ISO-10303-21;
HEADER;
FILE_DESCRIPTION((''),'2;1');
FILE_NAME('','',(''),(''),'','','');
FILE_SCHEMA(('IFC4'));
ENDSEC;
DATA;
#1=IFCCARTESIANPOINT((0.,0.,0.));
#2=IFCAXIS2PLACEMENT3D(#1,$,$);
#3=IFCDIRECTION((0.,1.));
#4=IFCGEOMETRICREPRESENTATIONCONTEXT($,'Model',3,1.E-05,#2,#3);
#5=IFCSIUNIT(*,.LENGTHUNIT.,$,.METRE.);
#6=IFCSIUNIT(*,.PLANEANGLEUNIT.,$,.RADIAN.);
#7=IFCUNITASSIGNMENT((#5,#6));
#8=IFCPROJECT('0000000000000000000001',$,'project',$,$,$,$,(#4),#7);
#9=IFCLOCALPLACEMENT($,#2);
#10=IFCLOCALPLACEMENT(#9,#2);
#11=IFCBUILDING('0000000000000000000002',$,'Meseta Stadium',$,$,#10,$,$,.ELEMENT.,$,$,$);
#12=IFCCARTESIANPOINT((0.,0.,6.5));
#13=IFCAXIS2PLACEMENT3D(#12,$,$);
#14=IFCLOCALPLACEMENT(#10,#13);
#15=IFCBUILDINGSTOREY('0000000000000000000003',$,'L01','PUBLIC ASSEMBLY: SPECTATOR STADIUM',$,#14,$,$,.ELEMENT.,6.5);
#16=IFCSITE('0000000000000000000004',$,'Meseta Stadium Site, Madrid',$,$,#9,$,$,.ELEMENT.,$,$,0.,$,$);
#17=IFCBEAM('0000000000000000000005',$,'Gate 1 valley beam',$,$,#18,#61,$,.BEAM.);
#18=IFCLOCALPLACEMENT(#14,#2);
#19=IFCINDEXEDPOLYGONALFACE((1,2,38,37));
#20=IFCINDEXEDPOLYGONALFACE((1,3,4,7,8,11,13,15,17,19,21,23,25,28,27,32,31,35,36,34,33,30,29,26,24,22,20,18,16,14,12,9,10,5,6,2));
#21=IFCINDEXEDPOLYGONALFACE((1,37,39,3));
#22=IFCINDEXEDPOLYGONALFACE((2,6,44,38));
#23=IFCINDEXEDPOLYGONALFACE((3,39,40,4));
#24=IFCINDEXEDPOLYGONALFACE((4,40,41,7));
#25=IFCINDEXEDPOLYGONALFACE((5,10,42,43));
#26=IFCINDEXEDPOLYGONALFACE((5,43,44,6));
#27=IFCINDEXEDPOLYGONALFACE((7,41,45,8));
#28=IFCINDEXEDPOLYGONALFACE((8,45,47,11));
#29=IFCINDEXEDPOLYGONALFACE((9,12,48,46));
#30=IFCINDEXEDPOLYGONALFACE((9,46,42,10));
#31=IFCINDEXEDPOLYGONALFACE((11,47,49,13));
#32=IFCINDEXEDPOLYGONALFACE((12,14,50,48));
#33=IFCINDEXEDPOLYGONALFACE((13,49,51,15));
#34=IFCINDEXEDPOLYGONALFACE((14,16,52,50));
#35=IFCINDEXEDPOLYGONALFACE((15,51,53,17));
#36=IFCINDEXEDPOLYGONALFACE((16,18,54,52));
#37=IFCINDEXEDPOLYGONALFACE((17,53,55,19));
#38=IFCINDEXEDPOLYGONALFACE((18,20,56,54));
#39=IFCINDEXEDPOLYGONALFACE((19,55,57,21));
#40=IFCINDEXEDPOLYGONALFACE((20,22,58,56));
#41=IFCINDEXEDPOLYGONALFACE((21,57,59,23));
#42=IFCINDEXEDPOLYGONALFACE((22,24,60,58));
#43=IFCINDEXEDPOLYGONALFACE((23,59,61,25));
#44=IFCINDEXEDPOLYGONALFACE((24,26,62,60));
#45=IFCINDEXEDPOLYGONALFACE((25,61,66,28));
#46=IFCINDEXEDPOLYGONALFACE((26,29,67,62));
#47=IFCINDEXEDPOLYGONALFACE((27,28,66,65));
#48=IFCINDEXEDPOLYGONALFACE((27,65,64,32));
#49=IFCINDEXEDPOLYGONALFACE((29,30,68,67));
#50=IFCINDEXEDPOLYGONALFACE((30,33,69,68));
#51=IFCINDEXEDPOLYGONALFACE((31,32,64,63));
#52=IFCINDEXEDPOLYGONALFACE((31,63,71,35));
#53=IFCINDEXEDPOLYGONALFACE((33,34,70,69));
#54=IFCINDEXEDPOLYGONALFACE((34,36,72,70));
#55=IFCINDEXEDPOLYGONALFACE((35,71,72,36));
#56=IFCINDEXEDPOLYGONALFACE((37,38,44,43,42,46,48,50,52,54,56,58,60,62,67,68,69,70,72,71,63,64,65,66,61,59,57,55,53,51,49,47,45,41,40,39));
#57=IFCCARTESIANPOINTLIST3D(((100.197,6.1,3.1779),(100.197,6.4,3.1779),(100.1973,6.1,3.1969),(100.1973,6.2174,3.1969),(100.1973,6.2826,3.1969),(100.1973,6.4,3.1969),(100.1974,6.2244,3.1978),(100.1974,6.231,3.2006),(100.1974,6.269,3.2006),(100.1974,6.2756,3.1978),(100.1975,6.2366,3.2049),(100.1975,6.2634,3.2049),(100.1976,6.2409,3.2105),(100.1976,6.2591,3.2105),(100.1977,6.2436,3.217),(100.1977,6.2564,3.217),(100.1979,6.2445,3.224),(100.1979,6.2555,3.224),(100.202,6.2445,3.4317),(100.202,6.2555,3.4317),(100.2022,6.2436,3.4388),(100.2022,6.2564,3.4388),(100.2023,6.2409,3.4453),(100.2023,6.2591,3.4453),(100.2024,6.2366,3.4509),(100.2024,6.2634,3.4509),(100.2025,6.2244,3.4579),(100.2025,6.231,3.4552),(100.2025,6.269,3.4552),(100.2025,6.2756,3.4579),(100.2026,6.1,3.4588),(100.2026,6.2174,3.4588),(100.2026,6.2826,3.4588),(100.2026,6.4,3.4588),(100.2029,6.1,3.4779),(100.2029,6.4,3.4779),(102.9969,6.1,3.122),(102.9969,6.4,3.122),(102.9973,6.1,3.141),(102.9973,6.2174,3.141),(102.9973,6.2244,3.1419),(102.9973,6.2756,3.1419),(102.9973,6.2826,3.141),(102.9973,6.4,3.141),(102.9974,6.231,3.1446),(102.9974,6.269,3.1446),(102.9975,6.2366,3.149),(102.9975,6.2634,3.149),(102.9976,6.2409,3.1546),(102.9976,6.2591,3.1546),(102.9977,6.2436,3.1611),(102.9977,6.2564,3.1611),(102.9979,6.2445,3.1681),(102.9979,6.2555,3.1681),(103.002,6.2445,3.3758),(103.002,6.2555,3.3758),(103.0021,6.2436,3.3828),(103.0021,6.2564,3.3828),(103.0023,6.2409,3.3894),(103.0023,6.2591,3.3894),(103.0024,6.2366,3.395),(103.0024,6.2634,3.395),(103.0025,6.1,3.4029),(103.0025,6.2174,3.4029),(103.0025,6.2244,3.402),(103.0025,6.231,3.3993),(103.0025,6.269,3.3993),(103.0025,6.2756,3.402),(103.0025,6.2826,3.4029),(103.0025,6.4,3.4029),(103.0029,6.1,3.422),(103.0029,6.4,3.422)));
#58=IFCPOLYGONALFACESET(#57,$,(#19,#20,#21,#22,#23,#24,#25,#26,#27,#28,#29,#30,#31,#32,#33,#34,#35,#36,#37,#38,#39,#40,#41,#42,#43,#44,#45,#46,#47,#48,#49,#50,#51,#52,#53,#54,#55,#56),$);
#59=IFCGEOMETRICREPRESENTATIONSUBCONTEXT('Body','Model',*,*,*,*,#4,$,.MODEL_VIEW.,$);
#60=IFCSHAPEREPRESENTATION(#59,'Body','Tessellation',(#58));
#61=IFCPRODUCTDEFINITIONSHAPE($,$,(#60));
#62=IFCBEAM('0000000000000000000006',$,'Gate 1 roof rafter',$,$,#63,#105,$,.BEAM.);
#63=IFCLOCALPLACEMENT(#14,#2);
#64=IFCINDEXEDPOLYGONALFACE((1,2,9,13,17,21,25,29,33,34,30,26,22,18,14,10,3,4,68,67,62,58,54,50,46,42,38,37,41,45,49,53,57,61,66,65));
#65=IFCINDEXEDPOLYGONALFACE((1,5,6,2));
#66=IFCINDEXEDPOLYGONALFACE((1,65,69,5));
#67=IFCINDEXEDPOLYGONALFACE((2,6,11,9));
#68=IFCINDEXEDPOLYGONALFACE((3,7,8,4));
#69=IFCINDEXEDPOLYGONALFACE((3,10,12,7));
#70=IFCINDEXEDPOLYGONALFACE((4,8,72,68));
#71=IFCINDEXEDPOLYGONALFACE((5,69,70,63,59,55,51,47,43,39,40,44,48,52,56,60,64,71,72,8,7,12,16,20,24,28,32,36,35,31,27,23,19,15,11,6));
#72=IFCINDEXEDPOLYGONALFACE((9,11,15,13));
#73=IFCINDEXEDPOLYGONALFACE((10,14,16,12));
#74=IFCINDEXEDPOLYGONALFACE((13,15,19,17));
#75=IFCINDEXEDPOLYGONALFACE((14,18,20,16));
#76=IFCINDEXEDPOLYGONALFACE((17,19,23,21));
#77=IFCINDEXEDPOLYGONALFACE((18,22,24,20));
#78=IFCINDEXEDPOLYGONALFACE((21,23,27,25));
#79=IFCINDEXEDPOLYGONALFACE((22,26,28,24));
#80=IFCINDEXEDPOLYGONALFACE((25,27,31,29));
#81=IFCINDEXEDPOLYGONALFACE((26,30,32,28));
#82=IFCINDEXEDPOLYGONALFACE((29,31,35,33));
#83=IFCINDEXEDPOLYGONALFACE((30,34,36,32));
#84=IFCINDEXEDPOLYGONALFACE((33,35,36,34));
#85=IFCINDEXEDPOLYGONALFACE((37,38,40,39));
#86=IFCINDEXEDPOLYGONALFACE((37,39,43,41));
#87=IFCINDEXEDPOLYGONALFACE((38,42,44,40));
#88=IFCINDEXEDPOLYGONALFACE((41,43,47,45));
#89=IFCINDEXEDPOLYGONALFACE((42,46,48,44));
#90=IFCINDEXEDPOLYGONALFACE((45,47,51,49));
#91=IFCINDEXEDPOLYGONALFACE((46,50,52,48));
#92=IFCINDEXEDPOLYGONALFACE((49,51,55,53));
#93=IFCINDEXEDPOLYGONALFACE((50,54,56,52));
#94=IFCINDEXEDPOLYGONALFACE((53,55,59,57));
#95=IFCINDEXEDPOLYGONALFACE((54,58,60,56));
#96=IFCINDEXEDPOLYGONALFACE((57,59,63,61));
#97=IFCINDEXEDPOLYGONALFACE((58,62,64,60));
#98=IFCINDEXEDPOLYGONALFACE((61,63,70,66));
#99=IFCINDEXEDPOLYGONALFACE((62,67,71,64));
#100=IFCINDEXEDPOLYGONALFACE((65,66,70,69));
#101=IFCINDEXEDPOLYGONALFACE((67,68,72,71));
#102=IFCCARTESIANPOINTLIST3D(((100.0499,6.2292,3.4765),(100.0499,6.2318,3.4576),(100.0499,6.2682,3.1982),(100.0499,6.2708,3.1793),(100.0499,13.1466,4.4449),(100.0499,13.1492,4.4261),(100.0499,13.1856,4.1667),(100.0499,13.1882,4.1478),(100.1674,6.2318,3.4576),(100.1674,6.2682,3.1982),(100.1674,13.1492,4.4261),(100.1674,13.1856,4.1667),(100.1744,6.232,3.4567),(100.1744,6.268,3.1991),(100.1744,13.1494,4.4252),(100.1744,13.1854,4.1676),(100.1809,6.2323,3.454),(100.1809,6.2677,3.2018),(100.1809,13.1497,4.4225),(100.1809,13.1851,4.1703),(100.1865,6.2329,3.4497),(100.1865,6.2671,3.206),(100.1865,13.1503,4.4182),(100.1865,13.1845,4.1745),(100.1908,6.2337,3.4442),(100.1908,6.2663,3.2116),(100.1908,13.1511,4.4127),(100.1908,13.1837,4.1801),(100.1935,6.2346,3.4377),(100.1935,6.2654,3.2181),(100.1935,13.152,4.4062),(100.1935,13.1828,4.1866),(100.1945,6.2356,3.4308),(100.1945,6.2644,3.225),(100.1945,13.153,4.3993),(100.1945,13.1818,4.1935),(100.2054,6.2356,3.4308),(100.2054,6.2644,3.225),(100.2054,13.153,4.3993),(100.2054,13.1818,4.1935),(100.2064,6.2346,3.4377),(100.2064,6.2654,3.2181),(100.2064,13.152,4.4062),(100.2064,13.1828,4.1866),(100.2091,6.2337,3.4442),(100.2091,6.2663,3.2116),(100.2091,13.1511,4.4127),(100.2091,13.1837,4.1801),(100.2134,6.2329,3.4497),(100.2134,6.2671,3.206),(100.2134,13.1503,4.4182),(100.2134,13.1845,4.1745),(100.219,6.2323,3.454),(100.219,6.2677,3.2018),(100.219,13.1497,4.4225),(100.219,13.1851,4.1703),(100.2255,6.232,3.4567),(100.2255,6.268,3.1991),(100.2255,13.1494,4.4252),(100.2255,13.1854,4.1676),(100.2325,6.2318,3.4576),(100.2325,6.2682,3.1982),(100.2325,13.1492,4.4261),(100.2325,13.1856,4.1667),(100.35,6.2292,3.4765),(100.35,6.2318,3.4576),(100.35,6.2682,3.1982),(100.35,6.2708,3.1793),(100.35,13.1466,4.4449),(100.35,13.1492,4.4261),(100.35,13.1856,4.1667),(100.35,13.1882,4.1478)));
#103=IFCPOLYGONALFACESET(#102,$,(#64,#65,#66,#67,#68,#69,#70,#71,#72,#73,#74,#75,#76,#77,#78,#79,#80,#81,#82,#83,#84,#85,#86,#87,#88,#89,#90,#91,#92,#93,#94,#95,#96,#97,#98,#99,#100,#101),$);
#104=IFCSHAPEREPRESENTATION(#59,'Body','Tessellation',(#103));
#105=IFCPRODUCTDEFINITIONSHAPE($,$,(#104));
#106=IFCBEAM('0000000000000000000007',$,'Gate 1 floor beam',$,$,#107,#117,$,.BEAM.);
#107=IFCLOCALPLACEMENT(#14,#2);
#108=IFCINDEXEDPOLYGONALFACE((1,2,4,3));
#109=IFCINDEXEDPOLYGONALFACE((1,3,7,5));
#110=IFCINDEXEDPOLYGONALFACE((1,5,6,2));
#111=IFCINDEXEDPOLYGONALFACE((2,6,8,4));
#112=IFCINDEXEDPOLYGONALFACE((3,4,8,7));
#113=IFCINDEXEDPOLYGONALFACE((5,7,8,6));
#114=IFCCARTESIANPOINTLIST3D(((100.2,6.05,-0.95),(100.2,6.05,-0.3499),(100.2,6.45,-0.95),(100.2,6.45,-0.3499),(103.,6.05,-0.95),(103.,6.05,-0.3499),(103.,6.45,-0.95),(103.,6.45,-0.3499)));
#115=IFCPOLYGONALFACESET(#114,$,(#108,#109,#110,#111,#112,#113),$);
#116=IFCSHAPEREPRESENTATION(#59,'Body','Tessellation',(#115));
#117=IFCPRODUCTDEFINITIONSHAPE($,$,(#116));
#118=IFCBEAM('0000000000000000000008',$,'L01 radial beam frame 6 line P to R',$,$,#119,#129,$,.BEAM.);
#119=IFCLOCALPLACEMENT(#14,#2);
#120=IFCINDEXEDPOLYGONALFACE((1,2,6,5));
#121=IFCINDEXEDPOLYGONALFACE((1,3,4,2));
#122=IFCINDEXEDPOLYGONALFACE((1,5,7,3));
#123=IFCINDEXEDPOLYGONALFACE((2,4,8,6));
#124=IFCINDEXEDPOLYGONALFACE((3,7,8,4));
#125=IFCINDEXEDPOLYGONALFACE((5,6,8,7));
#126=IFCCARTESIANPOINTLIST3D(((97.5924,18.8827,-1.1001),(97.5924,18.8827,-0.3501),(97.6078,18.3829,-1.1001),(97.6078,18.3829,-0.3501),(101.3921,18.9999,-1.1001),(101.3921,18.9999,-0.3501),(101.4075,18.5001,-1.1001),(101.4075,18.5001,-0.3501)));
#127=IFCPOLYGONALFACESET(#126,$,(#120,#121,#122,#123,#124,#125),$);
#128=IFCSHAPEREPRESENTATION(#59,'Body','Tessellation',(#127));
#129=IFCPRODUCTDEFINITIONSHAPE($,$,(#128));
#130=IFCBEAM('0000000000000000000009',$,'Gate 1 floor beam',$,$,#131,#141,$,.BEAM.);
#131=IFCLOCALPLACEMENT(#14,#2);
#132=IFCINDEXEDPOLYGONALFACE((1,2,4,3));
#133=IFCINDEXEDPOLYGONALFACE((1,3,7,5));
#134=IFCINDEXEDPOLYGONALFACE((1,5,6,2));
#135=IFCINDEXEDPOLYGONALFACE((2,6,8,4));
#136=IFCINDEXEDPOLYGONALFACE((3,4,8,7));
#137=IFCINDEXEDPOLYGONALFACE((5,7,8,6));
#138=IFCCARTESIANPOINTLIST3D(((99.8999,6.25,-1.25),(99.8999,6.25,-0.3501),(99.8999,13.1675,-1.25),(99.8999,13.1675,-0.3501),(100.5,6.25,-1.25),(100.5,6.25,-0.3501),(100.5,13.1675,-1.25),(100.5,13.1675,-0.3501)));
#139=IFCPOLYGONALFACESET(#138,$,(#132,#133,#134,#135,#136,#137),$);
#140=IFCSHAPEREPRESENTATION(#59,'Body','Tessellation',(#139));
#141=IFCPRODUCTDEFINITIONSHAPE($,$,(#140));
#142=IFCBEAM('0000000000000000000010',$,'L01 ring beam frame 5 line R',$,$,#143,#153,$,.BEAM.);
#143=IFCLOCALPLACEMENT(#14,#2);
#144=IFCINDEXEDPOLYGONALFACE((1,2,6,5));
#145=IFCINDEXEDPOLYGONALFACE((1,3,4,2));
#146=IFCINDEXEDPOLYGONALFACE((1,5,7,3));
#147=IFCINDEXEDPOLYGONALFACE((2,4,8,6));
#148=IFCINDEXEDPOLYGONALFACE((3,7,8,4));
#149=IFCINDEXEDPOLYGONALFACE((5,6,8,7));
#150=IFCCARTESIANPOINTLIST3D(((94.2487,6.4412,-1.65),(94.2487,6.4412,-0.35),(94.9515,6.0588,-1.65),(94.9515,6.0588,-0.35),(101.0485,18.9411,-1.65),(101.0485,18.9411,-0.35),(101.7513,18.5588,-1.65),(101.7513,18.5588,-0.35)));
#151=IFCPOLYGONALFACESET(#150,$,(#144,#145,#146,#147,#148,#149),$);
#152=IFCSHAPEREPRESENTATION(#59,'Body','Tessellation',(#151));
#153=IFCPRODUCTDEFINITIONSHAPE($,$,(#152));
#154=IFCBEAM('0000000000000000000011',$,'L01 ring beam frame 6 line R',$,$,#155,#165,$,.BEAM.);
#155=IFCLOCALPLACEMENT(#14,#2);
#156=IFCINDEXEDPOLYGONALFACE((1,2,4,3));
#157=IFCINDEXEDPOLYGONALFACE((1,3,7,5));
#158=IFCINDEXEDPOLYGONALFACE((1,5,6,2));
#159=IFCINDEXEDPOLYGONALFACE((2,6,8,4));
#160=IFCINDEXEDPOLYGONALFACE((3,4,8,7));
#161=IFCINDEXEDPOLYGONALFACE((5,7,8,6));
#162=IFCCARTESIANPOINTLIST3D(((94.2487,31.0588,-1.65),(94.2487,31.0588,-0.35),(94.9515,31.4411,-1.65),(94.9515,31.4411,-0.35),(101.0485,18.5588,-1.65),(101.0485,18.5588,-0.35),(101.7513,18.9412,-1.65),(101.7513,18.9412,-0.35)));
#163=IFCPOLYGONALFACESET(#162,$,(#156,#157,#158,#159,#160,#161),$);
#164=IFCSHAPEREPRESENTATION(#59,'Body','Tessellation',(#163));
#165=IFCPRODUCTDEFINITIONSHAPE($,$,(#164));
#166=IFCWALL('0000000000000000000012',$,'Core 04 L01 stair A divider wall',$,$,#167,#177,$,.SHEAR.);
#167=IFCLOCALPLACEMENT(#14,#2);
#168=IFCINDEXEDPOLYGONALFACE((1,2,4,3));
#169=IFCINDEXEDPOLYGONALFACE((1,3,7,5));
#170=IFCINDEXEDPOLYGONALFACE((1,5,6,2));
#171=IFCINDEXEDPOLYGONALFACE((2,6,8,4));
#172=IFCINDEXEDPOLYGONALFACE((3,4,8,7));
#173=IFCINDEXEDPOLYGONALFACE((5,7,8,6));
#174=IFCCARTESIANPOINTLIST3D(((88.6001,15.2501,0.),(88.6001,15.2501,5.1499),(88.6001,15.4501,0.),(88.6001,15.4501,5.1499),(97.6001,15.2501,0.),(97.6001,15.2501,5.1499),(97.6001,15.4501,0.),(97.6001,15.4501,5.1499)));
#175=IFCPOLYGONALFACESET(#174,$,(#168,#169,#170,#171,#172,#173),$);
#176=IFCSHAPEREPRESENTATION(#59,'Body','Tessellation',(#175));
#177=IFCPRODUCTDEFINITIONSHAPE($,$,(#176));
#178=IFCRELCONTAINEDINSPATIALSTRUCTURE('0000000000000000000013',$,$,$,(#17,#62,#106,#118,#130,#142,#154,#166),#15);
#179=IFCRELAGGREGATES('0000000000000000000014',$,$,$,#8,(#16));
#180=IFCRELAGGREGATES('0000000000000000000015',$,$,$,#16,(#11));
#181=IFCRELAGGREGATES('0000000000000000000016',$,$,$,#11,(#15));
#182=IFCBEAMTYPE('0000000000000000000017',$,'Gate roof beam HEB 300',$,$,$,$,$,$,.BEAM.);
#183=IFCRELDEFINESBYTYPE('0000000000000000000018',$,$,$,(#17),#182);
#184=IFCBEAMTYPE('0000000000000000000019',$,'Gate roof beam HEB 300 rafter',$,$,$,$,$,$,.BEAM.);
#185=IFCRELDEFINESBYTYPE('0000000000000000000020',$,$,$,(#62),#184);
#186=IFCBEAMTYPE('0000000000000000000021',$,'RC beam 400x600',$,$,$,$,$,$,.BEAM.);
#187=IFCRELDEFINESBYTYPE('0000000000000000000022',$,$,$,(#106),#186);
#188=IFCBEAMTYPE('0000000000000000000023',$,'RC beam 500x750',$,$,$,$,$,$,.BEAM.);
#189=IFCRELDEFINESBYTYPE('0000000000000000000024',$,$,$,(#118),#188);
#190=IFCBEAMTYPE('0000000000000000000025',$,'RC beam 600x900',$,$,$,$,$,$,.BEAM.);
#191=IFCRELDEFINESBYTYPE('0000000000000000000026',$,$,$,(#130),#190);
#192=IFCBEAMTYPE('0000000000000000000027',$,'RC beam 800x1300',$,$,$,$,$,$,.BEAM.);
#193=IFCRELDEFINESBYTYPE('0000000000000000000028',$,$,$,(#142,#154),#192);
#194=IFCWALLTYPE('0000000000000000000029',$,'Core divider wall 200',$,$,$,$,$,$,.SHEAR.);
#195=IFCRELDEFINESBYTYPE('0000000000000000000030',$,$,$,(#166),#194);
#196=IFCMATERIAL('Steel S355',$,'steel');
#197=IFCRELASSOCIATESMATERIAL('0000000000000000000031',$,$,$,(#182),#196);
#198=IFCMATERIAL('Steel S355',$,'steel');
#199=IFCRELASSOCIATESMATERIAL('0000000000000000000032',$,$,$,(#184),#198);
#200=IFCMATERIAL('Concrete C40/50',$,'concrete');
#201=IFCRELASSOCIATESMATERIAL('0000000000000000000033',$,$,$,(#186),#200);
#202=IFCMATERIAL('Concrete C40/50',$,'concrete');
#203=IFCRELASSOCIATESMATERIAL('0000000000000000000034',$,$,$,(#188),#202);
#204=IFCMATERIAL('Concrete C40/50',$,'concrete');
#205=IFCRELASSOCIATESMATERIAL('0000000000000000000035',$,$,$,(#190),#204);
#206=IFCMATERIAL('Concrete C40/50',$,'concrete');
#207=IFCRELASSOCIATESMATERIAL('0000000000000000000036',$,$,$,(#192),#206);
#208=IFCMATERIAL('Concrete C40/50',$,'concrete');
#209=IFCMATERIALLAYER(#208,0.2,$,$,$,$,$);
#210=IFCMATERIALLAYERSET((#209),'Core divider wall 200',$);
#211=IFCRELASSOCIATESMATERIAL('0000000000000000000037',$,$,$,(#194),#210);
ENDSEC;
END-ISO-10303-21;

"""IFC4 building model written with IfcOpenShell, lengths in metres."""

from ifc_helpers import new_model, si_unit, direction, frame, frame_2d, origin, origin_2d, place, context, subcontext, project, spatial, rectangle, i_section, extrude, material, layer, layer_set, material_profile, profile_set, type_object, element, save


model = new_model("IFC4")

# Units and contexts
model_context = context("Model", 3, precision=1e-05, world=origin(), true_north=direction((0.0, 1.0)))
body_context = subcontext(model_context, "Body", "Model", "MODEL_VIEW")
ifc_project = project(units=[si_unit("LENGTHUNIT", "METRE"), si_unit("PLANEANGLEUNIT", "RADIAN")], contexts=[model_context])

# Site, building, storey
site_placement = place(None, origin())
site = spatial("IfcSite", under=ifc_project, at=site_placement, Name="Meseta Stadium Site, Madrid", CompositionType="ELEMENT", RefElevation=0.0)
building_placement = place(site_placement, origin())
building = spatial("IfcBuilding", under=site, at=building_placement, Name="Meseta Stadium", CompositionType="ELEMENT")
storey_placement = place(building_placement, frame((0.0, 0.0, 6.5)))
storey = spatial("IfcBuildingStorey", under=building, at=storey_placement, Name="L01", Description="PUBLIC ASSEMBLY: SPECTATOR STADIUM", CompositionType="ELEMENT", Elevation=6.5)

# Beams
ifc_material_1 = material(Name="Steel S355", Category="steel")
ifc_material_profile_1 = material_profile(ifc_material_1, i_section(OverallWidth=0.3, OverallDepth=0.3, WebThickness=0.011, FlangeThickness=0.019, FilletRadius=0.0271, at=origin_2d()), Name="HEB 300")
ifc_profile_set_1 = profile_set([ifc_material_profile_1], Name="Steel S355")
beam_type_1 = type_object("IfcBeamType", Name="Gate roof beam HEB 300", PredefinedType="BEAM", material=ifc_profile_set_1)
beam_1_placement = place(storey_placement, frame((100.2, 6.25, 3.3279), z_axis=(0.999801, 0.0, -0.019963), x_axis=(0.0, 1.0, 0.0)))
element("IfcBeam", 1, at=beam_1_placement, inside=storey, type_object=beam_type_1, Name="Gate 1 valley beam", PredefinedType="BEAM", context=body_context, shape_type="SweptSolid", body=[
    extrude(i_section(OverallWidth=0.3, OverallDepth=0.3, WebThickness=0.011, FlangeThickness=0.019, FilletRadius=0.0271, at=origin_2d()), origin(), (0.0, 0.0, 1.0), 2.8005),
])
ifc_material_2 = material(Name="Steel S355", Category="steel")
ifc_material_profile_2 = material_profile(ifc_material_2, i_section(OverallWidth=0.3, OverallDepth=0.3, WebThickness=0.011, FlangeThickness=0.019, FilletRadius=0.0271, at=origin_2d()), Name="HEB 300")
ifc_profile_set_2 = profile_set([ifc_material_profile_2], Name="Steel S355")
beam_type_2 = type_object("IfcBeamType", Name="Gate roof beam HEB 300 rafter", PredefinedType="BEAM", material=ifc_profile_set_2)
beam_2_placement = place(storey_placement, frame((100.2, 6.25, 3.3279), z_axis=(0.0, 0.990341, 0.138656), x_axis=(-1.0, 0.0, 0.0)))
element("IfcBeam", 2, at=beam_2_placement, inside=storey, type_object=beam_type_2, Name="Gate 1 roof rafter", PredefinedType="BEAM", context=body_context, shape_type="SweptSolid", body=[
    extrude(i_section(OverallWidth=0.3, OverallDepth=0.3, WebThickness=0.011, FlangeThickness=0.019, FilletRadius=0.0271, at=origin_2d()), origin(), (0.0, 0.0, 1.0), 6.9849),
])
ifc_material_3 = material(Name="Concrete C40/50", Category="concrete")
ifc_material_profile_3 = material_profile(ifc_material_3, rectangle(XDim=0.3999, YDim=0.6001, at=origin_2d()), Name="RC 400x600")
ifc_profile_set_3 = profile_set([ifc_material_profile_3], Name="Concrete C40/50")
beam_type_3 = type_object("IfcBeamType", Name="RC beam 400x600", PredefinedType="BEAM", material=ifc_profile_set_3)
beam_3_placement = place(storey_placement, frame((100.2, 6.25, -0.6499), z_axis=(1.0, 0.0, 0.0), x_axis=(0.0, 1.0, 0.0)))
element("IfcBeam", 3, at=beam_3_placement, inside=storey, type_object=beam_type_3, Name="Gate 1 floor beam", PredefinedType="BEAM", context=body_context, shape_type="SweptSolid", body=[
    extrude(rectangle(XDim=0.3999, YDim=0.6001, at=origin_2d()), origin(), (0.0, 0.0, 1.0), 2.8),
])
ifc_material_4 = material(Name="Concrete C40/50", Category="concrete")
ifc_material_profile_4 = material_profile(ifc_material_4, rectangle(XDim=0.5, YDim=0.75, at=origin_2d()), Name="RC 500x750")
ifc_profile_set_4 = profile_set([ifc_material_profile_4], Name="Concrete C40/50")
beam_type_4 = type_object("IfcBeamType", Name="RC beam 500x750", PredefinedType="BEAM", material=ifc_profile_set_4)
beam_4_placement = place(storey_placement, frame((97.6001, 18.6328, -0.7251), z_axis=(0.999525, 0.030826, 0.0), x_axis=(-0.030826, 0.999525, 0.0)))
element("IfcBeam", 4, at=beam_4_placement, inside=storey, type_object=beam_type_4, Name="L01 radial beam frame 6 line P to R", PredefinedType="BEAM", context=body_context, shape_type="SweptSolid", body=[
    extrude(rectangle(XDim=0.5, YDim=0.75, at=origin_2d()), origin(), (0.0, 0.0, 1.0), 3.8015),
])
ifc_material_5 = material(Name="Concrete C40/50", Category="concrete")
ifc_material_profile_5 = material_profile(ifc_material_5, rectangle(XDim=0.6001, YDim=0.8999, at=origin_2d()), Name="RC 600x900")
ifc_profile_set_5 = profile_set([ifc_material_profile_5], Name="Concrete C40/50")
beam_type_5 = type_object("IfcBeamType", Name="RC beam 600x900", PredefinedType="BEAM", material=ifc_profile_set_5)
beam_5_placement = place(storey_placement, frame((100.2, 6.25, -0.8), z_axis=(0.0, 1.0, 0.0), x_axis=(-1.0, 0.0, 0.0)))
element("IfcBeam", 5, at=beam_5_placement, inside=storey, type_object=beam_type_5, Name="Gate 1 floor beam", PredefinedType="BEAM", context=body_context, shape_type="SweptSolid", body=[
    extrude(rectangle(XDim=0.6001, YDim=0.8999, at=origin_2d()), origin(), (0.0, 0.0, 1.0), 6.9175),
])
ifc_material_6 = material(Name="Concrete C40/50", Category="concrete")
ifc_material_profile_6 = material_profile(ifc_material_6, rectangle(XDim=0.8, YDim=1.3, at=origin_2d()), Name="RC 800x1300")
ifc_profile_set_6 = profile_set([ifc_material_profile_6], Name="Concrete C40/50")
beam_type_6 = type_object("IfcBeamType", Name="RC beam 800x1300", PredefinedType="BEAM", material=ifc_profile_set_6)
for number, where, z_axis, x_axis, name in (
    (6, (94.6001, 6.25, -1.0), (0.477856, 0.878438, 0.0), (-0.878438, 0.477856, 0.0), "L01 ring beam frame 5 line R"),
    (7, (101.3999, 18.75, -1.0), (-0.477856, 0.878438, 0.0), (-0.878438, -0.477856, 0.0), "L01 ring beam frame 6 line R"),
):
    element("IfcBeam", number, at=place(storey_placement, frame(where, z_axis=z_axis, x_axis=x_axis)), inside=storey, type_object=beam_type_6, Name=name, PredefinedType="BEAM", context=body_context, shape_type="SweptSolid", body=[
        extrude(rectangle(XDim=0.8, YDim=1.3, at=origin_2d()), origin(), (0.0, 0.0, 1.0), 14.2297),
    ])

# Wall
ifc_material_7 = material(Name="Concrete C40/50", Category="concrete")
ifc_layer_1 = layer(ifc_material_7, 0.2)
ifc_layer_set_1 = layer_set([ifc_layer_1], Name="Core divider wall 200")
wall_type_1 = type_object("IfcWallType", Name="Core divider wall 200", PredefinedType="SHEAR", material=ifc_layer_set_1)
wall_1_placement = place(storey_placement, frame((97.6001, 15.3501, 0.0), z_axis=(0.0, 0.0, 1.0), x_axis=(-1.0, 0.0, 0.0)))
element("IfcWall", 8, at=wall_1_placement, inside=storey, type_object=wall_type_1, Name="Core 04 L01 stair A divider wall", PredefinedType="SHEAR", context=body_context, shape_type="SweptSolid", body=[
    extrude(rectangle(XDim=9.0, YDim=0.2, at=frame_2d((4.5, 0.0))), origin(), (0.0, 0.0, 1.0), 5.1499),
])

save(model, "model.ifc")
